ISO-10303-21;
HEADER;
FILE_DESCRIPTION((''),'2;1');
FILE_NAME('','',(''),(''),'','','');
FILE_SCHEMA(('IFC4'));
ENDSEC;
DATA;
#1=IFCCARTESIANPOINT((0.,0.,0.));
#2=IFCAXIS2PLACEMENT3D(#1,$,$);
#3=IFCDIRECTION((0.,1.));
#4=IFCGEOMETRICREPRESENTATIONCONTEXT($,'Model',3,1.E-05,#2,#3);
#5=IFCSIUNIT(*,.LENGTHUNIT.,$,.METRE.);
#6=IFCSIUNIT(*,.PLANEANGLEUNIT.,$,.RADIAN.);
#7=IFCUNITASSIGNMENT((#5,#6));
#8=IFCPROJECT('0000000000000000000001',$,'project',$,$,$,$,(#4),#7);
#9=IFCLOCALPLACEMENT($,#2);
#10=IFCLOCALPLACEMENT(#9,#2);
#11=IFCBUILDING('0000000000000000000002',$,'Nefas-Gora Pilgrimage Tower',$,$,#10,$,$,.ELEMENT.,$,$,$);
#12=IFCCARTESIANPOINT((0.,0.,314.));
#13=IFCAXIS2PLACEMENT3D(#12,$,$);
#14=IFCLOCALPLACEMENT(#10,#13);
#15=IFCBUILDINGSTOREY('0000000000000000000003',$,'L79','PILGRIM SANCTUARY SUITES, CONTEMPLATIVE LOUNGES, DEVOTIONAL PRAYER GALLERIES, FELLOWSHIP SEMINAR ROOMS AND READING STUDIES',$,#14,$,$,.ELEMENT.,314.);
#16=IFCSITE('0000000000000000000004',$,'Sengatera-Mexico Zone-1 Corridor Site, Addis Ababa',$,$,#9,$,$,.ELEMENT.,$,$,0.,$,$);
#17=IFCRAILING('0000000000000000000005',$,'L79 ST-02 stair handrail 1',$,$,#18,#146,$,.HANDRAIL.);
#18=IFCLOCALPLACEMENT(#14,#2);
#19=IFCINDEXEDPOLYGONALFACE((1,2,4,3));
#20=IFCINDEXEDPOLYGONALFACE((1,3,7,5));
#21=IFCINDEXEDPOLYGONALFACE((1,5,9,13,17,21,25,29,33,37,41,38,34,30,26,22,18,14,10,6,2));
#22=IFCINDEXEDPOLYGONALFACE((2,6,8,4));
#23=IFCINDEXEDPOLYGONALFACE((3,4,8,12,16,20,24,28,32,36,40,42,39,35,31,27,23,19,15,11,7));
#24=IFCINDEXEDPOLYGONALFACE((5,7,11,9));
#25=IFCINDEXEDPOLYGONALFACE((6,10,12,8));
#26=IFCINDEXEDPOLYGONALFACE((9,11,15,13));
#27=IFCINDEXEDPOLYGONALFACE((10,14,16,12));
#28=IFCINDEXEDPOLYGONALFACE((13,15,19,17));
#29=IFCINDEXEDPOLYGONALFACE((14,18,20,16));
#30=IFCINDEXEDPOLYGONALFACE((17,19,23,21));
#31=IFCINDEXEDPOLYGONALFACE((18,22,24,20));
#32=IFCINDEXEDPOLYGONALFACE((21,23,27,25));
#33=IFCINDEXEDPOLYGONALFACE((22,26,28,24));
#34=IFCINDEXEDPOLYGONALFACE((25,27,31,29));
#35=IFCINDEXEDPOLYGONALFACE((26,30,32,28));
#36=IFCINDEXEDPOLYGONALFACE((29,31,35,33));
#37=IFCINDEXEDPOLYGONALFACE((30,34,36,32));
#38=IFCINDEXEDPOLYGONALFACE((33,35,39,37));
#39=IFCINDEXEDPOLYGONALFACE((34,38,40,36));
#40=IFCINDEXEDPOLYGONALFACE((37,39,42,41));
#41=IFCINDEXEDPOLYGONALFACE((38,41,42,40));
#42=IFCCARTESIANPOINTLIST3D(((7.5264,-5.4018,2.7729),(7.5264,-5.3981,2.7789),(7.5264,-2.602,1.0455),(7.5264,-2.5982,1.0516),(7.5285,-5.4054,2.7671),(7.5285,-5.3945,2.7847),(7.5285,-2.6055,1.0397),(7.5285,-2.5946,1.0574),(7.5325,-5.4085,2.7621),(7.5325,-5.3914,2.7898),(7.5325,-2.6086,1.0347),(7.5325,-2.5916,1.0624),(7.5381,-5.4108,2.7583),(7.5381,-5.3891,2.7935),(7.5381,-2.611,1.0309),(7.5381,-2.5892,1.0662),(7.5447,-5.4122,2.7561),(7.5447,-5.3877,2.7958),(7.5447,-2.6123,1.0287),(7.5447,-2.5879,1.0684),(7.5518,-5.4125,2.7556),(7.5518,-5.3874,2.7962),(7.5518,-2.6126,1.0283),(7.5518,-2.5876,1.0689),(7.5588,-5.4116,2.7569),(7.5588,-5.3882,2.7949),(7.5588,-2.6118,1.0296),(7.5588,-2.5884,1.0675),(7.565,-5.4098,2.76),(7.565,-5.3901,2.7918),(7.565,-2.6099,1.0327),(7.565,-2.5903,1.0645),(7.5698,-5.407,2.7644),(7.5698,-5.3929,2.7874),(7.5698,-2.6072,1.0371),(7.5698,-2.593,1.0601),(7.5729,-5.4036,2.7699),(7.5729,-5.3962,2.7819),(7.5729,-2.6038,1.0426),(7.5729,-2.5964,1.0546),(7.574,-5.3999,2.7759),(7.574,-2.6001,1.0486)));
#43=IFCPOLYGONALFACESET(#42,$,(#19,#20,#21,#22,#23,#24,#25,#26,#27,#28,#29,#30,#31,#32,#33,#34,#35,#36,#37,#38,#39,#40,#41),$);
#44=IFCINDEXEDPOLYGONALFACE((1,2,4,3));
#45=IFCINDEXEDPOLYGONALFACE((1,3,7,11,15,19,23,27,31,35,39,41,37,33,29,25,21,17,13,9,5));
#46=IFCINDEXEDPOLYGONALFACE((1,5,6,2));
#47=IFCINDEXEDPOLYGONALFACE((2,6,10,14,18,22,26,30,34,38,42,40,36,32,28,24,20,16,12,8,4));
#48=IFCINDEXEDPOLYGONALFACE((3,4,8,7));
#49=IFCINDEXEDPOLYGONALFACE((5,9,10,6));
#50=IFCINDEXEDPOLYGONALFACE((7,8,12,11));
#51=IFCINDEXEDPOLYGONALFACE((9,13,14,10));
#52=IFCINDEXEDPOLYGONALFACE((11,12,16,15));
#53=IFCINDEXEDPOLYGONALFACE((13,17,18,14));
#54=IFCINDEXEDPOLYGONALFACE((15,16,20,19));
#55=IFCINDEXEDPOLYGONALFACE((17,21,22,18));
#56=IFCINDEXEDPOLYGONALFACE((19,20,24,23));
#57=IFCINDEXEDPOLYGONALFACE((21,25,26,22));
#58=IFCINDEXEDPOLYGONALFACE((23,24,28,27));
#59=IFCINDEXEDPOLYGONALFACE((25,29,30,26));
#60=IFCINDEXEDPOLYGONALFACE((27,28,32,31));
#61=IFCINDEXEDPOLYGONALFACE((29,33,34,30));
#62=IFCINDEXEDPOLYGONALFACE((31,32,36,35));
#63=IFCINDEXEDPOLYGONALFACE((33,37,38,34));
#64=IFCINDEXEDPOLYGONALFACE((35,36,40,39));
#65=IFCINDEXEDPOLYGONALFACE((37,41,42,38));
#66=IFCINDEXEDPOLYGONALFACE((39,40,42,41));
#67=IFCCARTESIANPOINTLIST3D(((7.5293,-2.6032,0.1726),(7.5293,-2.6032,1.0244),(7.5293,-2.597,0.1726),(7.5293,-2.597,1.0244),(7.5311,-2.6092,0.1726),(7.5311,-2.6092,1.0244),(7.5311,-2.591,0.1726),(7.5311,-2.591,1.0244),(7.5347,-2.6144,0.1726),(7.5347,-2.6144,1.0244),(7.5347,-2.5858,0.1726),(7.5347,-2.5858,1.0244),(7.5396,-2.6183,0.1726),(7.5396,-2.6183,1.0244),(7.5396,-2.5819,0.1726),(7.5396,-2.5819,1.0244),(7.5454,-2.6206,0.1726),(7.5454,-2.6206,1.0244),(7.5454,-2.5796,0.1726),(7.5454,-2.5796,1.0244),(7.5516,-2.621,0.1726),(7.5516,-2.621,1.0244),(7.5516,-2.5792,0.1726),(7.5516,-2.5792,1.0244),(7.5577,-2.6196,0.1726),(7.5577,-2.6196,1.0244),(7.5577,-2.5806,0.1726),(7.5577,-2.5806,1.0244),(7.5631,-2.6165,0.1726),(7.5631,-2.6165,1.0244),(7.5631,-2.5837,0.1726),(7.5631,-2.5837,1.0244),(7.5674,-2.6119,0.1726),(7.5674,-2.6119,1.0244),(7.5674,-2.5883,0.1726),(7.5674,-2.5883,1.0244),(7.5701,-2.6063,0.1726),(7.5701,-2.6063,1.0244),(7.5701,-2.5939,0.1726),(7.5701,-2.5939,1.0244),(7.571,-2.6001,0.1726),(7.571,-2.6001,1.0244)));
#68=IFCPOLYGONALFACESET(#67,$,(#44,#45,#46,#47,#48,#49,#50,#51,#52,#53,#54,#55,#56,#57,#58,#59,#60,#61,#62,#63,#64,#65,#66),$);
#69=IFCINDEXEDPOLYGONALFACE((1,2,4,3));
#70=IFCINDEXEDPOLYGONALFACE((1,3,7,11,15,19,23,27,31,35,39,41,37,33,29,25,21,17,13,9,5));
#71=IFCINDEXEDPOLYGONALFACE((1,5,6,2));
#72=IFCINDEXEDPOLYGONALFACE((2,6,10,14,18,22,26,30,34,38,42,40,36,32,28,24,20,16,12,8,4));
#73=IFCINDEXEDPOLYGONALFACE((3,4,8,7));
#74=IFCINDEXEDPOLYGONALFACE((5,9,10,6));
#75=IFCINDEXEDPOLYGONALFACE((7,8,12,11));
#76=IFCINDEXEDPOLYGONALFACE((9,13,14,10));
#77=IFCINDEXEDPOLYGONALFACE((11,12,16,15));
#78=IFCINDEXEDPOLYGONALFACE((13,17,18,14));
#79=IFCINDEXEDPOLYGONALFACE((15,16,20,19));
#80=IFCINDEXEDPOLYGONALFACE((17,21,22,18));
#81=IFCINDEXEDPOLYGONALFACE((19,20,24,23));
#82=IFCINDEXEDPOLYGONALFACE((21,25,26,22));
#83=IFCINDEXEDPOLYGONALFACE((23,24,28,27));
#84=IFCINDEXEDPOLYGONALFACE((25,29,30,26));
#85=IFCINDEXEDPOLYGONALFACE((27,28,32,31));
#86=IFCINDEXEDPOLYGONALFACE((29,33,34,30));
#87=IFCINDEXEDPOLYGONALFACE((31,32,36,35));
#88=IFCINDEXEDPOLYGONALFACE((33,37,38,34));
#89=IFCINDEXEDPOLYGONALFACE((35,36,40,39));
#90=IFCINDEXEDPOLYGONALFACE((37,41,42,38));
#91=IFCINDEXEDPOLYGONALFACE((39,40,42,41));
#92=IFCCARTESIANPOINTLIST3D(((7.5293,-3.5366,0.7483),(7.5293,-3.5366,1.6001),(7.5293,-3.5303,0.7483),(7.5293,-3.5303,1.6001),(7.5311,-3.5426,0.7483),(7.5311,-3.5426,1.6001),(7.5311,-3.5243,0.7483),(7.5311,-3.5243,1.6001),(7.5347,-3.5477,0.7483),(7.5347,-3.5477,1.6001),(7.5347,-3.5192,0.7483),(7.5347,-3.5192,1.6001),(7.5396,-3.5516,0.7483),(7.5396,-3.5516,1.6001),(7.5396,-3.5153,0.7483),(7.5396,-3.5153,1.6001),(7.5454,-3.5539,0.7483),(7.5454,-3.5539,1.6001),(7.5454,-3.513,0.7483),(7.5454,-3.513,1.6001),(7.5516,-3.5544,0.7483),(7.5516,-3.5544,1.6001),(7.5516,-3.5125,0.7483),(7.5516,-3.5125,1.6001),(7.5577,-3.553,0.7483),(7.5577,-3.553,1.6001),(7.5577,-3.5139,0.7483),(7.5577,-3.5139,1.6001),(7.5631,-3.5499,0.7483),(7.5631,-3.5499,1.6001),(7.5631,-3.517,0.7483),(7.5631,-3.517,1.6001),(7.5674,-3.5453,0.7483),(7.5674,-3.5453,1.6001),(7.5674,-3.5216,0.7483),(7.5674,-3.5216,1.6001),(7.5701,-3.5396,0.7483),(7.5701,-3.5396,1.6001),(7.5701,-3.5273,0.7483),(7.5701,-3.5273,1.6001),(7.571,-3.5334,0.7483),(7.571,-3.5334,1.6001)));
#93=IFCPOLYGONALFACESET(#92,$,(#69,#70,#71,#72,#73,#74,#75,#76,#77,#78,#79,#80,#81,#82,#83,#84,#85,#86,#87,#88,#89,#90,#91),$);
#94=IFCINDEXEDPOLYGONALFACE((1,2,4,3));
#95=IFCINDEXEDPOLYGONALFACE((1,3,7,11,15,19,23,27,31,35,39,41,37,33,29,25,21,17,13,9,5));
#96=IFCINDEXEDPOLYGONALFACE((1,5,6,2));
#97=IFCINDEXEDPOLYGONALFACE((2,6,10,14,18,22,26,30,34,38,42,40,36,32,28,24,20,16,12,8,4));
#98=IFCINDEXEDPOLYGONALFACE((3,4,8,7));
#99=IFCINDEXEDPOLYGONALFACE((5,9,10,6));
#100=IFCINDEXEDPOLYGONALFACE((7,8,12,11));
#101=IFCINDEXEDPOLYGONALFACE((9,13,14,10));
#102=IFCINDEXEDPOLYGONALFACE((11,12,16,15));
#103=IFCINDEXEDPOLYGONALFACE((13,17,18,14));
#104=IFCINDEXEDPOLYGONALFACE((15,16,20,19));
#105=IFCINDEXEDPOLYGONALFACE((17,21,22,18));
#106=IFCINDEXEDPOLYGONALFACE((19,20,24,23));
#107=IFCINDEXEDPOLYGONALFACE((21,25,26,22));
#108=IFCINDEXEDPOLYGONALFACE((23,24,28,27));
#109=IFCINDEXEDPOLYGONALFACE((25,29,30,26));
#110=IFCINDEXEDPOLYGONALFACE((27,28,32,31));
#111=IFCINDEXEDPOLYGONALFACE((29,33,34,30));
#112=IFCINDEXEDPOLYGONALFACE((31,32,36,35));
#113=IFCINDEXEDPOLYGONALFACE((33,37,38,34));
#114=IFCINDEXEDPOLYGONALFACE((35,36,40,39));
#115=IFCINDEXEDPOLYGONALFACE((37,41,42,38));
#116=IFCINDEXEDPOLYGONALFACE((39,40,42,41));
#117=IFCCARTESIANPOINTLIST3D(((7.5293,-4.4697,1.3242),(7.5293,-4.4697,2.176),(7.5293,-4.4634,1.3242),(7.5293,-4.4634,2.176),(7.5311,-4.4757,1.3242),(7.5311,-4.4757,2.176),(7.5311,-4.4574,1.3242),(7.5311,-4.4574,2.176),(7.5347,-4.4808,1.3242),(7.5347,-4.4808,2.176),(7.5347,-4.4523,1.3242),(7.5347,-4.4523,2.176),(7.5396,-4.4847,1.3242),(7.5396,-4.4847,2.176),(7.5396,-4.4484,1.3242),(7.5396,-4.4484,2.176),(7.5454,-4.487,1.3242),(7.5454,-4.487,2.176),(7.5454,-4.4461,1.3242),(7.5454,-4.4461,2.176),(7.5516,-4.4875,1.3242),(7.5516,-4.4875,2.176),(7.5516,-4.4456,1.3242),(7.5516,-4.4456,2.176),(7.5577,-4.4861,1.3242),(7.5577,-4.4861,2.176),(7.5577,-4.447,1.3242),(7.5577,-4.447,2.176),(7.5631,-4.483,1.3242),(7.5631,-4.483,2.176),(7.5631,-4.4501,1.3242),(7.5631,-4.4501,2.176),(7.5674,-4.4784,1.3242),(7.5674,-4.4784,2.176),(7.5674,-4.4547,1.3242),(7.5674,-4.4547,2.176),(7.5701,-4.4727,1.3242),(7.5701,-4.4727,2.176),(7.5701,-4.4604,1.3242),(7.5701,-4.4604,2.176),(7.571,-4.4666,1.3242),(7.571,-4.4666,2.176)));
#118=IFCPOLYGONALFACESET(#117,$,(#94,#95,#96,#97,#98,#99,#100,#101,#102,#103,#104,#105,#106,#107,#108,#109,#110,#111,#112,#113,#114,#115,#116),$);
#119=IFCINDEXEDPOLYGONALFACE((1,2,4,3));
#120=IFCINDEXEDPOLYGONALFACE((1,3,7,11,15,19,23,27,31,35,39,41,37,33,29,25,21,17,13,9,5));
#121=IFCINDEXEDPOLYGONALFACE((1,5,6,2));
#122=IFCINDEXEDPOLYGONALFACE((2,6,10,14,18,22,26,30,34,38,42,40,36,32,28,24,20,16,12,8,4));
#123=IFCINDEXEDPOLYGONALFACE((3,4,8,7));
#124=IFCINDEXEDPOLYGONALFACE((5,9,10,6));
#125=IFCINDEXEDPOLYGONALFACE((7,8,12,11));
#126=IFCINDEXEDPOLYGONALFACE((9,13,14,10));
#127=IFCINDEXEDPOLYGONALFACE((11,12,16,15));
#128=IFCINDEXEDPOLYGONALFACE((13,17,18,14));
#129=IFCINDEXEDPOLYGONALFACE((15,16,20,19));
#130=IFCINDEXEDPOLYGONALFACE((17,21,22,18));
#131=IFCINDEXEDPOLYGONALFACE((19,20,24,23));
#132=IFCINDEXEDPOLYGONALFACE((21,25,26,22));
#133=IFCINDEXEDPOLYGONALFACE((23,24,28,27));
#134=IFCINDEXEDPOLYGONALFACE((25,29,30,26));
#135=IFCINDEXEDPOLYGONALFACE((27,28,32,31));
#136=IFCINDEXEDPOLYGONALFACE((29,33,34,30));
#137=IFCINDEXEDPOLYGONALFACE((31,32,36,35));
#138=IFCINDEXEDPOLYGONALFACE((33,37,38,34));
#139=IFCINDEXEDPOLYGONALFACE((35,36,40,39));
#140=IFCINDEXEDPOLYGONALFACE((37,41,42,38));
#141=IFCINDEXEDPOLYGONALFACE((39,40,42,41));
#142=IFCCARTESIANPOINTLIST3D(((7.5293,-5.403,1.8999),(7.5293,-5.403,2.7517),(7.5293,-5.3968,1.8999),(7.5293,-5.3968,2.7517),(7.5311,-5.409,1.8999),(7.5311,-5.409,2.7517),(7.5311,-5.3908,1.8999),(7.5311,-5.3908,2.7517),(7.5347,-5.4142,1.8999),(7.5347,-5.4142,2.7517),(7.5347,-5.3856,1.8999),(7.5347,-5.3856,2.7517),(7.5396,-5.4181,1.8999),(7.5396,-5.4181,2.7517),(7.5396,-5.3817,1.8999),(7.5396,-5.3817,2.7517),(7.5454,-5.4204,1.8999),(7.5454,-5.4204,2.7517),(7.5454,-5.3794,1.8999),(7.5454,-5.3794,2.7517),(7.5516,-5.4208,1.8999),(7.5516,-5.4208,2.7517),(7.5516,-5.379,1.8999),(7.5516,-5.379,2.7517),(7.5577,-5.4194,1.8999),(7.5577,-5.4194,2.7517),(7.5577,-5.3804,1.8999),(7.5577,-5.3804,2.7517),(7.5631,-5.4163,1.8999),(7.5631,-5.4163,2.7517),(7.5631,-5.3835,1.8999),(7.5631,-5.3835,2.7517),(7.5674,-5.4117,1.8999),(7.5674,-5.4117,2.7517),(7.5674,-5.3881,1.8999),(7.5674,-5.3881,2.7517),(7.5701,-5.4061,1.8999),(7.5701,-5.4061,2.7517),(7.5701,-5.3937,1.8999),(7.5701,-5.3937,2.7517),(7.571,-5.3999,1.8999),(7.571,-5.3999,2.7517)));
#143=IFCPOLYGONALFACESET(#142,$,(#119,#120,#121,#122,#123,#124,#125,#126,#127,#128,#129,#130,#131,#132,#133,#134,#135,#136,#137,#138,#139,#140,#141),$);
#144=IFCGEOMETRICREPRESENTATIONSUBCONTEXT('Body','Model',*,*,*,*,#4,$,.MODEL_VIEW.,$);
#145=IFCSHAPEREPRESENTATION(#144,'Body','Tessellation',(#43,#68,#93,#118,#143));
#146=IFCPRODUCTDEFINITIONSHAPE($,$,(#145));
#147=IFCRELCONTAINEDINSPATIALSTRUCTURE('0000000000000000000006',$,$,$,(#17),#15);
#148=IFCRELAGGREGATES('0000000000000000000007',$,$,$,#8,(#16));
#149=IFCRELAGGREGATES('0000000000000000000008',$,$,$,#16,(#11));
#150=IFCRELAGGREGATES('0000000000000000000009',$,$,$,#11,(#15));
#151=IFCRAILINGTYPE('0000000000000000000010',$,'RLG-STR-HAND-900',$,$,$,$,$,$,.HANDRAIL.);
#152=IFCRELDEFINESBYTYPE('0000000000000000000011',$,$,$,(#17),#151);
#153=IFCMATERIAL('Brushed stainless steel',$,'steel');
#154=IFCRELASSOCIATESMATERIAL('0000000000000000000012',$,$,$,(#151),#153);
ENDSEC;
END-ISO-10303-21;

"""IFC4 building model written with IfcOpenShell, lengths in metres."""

from ifc_helpers import new_model, si_unit, direction, frame, origin, origin_2d, place, context, subcontext, project, spatial, circle, extrude, material, type_object, element, save


model = new_model("IFC4")

# Units and contexts
model_context = context("Model", 3, precision=1e-05, world=origin(), true_north=direction((0.0, 1.0)))
body_context = subcontext(model_context, "Body", "Model", "MODEL_VIEW")
ifc_project = project(units=[si_unit("LENGTHUNIT", "METRE"), si_unit("PLANEANGLEUNIT", "RADIAN")], contexts=[model_context])

# Site, building, storey
site_placement = place(None, origin())
site = spatial("IfcSite", under=ifc_project, at=site_placement, Name="Sengatera-Mexico Zone-1 Corridor Site, Addis Ababa", CompositionType="ELEMENT", RefElevation=0.0)
building_placement = place(site_placement, origin())
building = spatial("IfcBuilding", under=site, at=building_placement, Name="Nefas-Gora Pilgrimage Tower", CompositionType="ELEMENT")
storey_placement = place(building_placement, frame((0.0, 0.0, 314.0)))
storey = spatial("IfcBuildingStorey", under=building, at=storey_placement, Name="L79", Description="PILGRIM SANCTUARY SUITES, CONTEMPLATIVE LOUNGES, DEVOTIONAL PRAYER GALLERIES, FELLOWSHIP SEMINAR ROOMS AND READING STUDIES", CompositionType="ELEMENT", Elevation=314.0)

# Railing
ifc_material_1 = material(Name="Brushed stainless steel", Category="steel")
railing_type_1 = type_object("IfcRailingType", Name="RLG-STR-HAND-900", PredefinedType="HANDRAIL", material=ifc_material_1)
railing_1_placement = place(storey_placement, frame((7.55, -2.6001, 0.1726)))
element("IfcRailing", 1, at=railing_1_placement, inside=storey, type_object=railing_type_1, Name="L79 ST-02 stair handrail 1", PredefinedType="HANDRAIL", context=body_context, shape_type="SweptSolid", body=[
    extrude(circle(Radius=0.0239, at=origin_2d()), frame((0.0, 0.0, 0.876), z_axis=(0.0, -0.851069, 0.525054), x_axis=(1.0, 0.0, 0.0)), (0.0, 0.0, 1.0), 3.2898),
    extrude(circle(Radius=0.021, at=origin_2d()), origin(), (0.0, 0.0, 1.0), 0.8518),
    extrude(circle(Radius=0.021, at=origin_2d()), frame((0.0, -0.9333, 0.5757)), (0.0, 0.0, 1.0), 0.8518),
    extrude(circle(Radius=0.021, at=origin_2d()), frame((0.0, -1.8665, 1.1516)), (0.0, 0.0, 1.0), 0.8518),
    extrude(circle(Radius=0.021, at=origin_2d()), frame((0.0, -2.7998, 1.7273)), (0.0, 0.0, 1.0), 0.8518),
])

save(model, "model.ifc")
